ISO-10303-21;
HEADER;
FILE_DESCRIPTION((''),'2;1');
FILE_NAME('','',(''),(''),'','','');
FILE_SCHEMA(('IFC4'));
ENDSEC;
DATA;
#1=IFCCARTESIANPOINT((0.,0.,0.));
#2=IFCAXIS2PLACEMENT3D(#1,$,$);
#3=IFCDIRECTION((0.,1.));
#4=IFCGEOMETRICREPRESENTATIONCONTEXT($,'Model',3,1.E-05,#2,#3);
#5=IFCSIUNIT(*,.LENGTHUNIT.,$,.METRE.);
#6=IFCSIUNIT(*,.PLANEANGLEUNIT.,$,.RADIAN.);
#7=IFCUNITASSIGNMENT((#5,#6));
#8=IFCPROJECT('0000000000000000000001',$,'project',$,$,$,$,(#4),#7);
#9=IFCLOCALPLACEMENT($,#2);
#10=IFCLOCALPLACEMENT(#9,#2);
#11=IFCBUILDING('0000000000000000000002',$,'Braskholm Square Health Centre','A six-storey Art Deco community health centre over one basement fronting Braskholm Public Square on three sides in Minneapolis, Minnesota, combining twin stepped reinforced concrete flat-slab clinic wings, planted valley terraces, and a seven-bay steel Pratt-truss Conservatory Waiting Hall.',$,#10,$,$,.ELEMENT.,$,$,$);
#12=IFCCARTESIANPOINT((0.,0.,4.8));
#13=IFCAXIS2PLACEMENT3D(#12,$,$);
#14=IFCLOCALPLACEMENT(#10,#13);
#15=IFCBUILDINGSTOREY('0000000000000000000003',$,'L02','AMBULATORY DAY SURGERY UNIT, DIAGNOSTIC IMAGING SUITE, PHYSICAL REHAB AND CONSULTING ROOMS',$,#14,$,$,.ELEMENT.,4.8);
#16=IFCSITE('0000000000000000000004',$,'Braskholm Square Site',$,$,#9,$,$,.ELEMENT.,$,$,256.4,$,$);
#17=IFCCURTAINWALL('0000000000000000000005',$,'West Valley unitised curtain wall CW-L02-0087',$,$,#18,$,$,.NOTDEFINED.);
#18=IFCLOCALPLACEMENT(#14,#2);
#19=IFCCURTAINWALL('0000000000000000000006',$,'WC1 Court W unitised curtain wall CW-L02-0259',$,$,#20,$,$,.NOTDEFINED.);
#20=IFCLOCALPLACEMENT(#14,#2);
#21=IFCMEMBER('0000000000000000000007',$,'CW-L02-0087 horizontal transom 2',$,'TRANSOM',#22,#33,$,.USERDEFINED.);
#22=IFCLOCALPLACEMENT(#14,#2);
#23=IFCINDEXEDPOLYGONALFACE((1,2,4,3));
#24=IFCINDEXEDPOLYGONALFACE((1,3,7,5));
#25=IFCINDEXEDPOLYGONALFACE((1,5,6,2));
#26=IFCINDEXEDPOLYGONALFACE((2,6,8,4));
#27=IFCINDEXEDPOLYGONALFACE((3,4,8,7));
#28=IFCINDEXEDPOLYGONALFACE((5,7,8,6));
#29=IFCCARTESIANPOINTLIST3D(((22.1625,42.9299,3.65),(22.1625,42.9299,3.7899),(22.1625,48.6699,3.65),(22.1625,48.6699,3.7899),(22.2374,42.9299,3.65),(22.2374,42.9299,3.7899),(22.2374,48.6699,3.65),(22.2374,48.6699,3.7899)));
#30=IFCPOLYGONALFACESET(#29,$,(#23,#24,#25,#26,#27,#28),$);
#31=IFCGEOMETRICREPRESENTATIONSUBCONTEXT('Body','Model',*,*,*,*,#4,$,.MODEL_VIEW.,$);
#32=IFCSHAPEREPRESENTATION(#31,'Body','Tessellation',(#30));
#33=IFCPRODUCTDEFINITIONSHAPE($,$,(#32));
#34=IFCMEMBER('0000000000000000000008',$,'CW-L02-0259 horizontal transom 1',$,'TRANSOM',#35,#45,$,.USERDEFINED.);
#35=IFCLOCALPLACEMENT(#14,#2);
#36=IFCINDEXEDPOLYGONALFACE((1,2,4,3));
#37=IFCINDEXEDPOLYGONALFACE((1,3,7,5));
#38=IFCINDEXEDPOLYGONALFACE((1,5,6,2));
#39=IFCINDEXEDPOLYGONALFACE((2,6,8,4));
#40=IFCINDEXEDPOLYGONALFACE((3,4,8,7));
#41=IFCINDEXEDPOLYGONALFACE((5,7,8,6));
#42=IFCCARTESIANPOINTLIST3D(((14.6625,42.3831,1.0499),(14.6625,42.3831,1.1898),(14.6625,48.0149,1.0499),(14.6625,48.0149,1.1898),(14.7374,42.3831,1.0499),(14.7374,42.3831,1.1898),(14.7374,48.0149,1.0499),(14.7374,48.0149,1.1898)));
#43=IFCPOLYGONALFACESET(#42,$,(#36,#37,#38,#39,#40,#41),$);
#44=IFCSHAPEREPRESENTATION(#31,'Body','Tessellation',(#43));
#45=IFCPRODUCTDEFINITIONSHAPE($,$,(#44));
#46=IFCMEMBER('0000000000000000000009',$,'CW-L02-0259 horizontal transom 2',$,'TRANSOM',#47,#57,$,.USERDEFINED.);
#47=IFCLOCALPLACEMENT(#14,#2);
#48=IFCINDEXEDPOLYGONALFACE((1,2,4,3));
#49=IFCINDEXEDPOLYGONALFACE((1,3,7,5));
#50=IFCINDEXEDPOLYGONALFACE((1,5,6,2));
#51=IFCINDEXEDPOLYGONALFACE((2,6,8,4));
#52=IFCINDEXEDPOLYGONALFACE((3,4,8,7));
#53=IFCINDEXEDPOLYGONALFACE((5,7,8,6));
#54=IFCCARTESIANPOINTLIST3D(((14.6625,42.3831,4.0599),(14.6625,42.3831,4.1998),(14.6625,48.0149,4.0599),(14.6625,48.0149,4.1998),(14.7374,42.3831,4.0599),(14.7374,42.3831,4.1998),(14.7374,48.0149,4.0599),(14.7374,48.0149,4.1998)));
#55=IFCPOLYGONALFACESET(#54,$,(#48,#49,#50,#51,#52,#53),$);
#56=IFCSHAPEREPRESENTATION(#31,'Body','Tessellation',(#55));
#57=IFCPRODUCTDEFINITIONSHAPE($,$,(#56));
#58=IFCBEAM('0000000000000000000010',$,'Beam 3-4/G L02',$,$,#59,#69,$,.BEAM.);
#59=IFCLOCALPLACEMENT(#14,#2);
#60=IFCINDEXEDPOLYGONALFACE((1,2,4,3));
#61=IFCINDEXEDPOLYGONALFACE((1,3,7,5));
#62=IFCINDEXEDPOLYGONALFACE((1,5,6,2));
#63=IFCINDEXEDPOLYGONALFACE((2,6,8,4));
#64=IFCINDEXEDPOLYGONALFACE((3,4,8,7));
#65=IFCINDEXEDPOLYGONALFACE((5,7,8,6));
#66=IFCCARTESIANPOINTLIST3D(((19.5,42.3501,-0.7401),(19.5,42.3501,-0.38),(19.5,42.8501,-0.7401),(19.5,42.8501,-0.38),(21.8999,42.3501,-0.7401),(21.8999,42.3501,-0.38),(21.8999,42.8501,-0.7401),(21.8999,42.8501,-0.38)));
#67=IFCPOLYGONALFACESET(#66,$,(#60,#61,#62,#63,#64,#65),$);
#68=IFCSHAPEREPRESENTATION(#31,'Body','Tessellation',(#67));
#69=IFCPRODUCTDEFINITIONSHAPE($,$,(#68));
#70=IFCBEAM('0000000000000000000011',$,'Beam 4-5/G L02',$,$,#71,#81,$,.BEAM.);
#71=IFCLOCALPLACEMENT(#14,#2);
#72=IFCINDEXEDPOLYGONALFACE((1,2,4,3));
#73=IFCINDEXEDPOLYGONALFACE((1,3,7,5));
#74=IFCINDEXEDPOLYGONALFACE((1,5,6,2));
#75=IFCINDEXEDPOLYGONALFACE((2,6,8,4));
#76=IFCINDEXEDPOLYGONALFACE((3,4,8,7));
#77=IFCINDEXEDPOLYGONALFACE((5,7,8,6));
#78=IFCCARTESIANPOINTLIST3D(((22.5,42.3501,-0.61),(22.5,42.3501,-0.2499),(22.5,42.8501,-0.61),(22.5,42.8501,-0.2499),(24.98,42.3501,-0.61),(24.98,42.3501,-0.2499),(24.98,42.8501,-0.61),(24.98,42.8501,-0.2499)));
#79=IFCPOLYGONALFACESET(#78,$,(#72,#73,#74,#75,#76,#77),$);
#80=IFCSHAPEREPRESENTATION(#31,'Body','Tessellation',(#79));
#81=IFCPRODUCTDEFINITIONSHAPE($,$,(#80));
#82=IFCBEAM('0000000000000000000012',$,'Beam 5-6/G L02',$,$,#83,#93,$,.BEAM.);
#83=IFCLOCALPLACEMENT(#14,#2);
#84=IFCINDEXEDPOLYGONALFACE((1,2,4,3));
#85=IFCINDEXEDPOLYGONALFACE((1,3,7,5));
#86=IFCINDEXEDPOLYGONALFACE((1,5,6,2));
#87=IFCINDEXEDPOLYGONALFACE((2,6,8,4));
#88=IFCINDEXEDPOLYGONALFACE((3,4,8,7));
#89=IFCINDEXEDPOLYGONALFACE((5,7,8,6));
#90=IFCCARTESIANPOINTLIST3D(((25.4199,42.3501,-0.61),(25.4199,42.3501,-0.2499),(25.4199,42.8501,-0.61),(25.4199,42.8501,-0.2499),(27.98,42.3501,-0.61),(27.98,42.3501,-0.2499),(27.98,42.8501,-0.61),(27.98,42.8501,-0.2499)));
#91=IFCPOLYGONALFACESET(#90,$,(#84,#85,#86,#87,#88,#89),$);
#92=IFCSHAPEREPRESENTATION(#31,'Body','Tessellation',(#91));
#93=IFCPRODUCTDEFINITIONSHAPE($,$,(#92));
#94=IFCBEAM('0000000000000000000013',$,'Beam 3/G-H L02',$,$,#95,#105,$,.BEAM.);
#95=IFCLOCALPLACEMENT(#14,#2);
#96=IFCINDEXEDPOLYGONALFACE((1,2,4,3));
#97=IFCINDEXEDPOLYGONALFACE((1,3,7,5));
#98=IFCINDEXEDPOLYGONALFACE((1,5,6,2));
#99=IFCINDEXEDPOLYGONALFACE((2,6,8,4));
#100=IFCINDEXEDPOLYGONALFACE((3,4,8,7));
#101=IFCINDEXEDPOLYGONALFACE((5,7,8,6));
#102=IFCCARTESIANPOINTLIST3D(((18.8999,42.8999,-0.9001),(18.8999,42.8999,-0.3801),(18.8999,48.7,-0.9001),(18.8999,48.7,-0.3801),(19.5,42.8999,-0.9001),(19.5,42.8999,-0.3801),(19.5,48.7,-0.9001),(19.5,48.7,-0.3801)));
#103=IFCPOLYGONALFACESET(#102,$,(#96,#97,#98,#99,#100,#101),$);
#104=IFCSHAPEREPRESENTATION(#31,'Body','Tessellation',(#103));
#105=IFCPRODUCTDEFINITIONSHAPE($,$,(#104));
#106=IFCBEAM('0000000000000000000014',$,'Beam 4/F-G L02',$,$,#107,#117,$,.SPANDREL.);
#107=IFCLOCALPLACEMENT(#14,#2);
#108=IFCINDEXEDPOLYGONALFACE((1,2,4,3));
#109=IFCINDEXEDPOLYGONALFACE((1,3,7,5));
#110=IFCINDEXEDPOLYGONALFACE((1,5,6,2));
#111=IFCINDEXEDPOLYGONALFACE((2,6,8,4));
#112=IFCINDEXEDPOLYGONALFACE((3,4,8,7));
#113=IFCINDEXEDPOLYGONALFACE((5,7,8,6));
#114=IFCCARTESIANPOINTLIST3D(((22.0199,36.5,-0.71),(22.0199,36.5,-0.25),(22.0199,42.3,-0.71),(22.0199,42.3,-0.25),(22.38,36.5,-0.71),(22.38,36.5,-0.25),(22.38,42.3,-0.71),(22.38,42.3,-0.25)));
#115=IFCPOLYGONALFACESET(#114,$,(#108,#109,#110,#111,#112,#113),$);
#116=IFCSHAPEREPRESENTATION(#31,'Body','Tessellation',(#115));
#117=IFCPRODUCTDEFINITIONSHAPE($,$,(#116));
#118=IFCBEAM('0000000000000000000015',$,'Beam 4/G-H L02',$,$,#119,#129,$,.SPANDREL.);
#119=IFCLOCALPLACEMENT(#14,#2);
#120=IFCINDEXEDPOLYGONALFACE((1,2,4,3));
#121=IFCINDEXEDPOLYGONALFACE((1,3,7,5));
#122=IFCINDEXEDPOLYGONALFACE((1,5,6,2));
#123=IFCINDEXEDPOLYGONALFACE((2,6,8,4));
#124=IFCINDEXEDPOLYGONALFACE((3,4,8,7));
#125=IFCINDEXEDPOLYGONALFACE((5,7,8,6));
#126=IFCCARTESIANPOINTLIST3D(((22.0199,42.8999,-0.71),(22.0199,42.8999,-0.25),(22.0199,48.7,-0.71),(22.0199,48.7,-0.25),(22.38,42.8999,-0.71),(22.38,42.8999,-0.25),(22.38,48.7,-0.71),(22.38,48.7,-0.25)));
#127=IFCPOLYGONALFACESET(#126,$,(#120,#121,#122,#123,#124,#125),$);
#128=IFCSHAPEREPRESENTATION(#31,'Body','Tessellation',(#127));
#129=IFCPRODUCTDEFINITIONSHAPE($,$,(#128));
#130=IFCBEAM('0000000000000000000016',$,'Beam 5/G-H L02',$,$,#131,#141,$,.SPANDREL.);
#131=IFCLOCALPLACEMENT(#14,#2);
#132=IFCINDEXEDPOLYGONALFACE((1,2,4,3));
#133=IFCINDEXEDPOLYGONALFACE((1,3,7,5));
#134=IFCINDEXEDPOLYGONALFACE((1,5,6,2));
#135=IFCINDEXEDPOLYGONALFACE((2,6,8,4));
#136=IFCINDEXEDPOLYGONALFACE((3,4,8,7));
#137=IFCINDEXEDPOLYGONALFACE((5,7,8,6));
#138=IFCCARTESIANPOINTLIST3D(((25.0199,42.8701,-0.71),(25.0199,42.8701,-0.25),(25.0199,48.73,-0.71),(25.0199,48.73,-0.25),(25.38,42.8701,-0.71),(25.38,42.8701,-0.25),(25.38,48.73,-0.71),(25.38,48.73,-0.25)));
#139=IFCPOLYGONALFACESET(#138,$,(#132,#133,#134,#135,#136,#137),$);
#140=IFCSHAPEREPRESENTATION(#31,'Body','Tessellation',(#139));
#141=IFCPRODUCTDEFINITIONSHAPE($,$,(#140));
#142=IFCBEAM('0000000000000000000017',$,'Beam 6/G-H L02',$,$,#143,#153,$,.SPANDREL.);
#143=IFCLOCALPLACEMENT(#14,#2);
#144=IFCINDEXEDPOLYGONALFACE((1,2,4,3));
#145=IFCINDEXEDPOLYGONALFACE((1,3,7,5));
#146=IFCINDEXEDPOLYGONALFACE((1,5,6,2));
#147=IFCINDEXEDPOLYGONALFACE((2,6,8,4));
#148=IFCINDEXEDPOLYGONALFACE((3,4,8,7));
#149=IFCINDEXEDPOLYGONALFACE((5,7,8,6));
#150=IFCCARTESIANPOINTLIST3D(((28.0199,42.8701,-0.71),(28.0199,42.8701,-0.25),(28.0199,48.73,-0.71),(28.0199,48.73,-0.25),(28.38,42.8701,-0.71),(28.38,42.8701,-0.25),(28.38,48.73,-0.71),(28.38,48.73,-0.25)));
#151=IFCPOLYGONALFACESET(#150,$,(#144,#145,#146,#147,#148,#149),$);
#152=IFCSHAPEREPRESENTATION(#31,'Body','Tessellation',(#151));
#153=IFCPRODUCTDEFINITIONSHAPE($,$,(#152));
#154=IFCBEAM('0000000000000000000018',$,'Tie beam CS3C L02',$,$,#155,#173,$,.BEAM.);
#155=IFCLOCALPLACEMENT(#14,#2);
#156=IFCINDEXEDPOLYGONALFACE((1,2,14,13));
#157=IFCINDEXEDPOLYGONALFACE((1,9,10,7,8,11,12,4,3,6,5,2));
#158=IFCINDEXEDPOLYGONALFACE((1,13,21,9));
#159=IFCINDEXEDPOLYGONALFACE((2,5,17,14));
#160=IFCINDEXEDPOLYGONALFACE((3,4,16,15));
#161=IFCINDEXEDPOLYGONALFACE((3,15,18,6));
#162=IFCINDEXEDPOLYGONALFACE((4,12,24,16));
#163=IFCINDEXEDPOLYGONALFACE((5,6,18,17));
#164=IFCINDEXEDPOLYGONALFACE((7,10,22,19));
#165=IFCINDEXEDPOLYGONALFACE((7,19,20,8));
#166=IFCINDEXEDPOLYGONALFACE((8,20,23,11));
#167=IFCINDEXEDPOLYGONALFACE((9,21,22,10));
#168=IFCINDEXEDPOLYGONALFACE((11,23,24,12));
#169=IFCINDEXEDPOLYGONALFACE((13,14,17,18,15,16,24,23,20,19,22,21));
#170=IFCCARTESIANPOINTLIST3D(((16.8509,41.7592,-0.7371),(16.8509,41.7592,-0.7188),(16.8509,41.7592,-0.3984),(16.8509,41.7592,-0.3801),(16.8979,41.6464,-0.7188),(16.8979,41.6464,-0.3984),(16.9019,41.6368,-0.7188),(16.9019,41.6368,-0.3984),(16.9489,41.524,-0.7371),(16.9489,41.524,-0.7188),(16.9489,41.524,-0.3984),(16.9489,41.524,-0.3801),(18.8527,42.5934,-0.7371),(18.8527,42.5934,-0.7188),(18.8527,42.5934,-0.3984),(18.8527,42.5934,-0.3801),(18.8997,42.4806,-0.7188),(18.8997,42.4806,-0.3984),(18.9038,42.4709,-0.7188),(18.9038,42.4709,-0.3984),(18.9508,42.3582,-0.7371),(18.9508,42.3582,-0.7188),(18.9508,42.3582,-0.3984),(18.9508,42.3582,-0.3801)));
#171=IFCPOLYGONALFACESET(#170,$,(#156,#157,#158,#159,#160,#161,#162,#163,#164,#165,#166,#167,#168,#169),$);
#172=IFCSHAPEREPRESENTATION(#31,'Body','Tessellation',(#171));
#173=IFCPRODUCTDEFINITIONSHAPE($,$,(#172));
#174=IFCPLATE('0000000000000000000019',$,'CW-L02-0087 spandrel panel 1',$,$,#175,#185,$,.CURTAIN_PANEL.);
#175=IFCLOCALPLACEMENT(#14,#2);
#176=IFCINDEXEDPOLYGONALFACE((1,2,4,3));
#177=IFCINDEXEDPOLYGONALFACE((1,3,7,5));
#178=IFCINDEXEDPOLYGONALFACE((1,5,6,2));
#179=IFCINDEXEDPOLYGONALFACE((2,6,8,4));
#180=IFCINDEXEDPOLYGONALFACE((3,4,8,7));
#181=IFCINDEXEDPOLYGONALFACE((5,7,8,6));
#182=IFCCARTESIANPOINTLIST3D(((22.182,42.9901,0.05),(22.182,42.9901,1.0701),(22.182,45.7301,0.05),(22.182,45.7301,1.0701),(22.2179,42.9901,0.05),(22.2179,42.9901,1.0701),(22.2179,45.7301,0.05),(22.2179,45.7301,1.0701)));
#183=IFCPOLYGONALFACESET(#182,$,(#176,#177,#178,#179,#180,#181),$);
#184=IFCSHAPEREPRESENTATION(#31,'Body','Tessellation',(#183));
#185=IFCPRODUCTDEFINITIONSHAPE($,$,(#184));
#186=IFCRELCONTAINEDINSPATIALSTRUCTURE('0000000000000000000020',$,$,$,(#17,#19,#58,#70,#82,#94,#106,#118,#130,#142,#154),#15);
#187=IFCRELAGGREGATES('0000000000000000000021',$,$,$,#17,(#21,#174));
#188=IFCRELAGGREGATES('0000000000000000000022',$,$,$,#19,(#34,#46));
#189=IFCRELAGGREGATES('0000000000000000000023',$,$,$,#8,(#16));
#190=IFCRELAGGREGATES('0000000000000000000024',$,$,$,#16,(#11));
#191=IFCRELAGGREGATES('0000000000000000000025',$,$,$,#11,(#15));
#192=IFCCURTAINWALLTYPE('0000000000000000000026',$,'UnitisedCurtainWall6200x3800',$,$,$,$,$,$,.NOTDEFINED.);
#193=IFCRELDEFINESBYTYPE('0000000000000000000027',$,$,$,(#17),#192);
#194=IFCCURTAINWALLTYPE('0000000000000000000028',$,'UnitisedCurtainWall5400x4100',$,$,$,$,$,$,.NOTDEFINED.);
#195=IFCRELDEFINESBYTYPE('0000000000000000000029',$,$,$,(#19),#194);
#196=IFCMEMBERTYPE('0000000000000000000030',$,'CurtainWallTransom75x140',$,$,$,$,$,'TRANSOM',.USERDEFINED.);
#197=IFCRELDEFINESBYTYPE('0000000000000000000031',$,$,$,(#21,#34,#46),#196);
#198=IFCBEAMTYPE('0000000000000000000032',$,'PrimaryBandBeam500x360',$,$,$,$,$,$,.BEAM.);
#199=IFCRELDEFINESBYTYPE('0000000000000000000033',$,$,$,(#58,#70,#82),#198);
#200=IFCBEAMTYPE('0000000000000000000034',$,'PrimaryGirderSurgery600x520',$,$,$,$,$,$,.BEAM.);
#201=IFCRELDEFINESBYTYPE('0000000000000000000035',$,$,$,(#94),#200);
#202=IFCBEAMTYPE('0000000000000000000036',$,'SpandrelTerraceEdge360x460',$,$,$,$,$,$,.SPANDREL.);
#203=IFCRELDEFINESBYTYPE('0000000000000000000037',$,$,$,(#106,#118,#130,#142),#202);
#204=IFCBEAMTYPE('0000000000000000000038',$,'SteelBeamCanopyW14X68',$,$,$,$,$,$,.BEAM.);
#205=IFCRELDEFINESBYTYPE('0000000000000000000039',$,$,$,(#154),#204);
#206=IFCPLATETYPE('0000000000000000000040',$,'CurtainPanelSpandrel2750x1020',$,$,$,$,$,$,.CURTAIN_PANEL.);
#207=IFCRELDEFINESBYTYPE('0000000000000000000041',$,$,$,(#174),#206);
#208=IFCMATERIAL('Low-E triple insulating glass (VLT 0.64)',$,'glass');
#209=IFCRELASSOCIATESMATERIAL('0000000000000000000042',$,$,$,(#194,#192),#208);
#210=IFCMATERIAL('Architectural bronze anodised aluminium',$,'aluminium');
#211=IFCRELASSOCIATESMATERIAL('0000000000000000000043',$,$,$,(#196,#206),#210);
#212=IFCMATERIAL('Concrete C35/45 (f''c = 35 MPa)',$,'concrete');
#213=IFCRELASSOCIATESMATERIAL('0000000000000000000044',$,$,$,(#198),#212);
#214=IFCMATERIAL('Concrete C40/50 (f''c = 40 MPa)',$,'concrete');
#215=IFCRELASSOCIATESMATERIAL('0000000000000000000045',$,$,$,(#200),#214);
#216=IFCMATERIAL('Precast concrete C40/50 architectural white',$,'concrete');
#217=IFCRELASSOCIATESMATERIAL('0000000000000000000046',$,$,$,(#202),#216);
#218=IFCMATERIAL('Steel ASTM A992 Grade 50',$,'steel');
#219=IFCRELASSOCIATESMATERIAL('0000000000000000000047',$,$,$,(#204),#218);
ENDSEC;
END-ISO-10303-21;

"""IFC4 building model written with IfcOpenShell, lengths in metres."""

from ifc_helpers import new_model, si_unit, direction, frame, origin, origin_2d, place, context, subcontext, project, spatial, rectangle, i_section, extrude, material, material_profile, profile_set, type_object, element, aggregate, save


model = new_model("IFC4")

# Units and contexts
model_context = context("Model", 3, precision=1e-05, world=origin(), true_north=direction((0.0, 1.0)))
body_context = subcontext(model_context, "Body", "Model", "MODEL_VIEW")
ifc_project = project(units=[si_unit("LENGTHUNIT", "METRE"), si_unit("PLANEANGLEUNIT", "RADIAN")], contexts=[model_context])

# Site, building, storey
site_placement = place(None, origin())
site = spatial("IfcSite", under=ifc_project, at=site_placement, Name="Braskholm Square Site", CompositionType="ELEMENT", RefElevation=256.4)
building_placement = place(site_placement, origin())
building = spatial("IfcBuilding", under=site, at=building_placement, Name="Braskholm Square Health Centre", Description="A six-storey Art Deco community health centre over one basement fronting Braskholm Public Square on three sides in Minneapolis, Minnesota, combining twin stepped reinforced concrete flat-slab clinic wings, planted valley terraces, and a seven-bay steel Pratt-truss Conservatory Waiting Hall.", CompositionType="ELEMENT")
storey_placement = place(building_placement, frame((0.0, 0.0, 4.8)))
storey = spatial("IfcBuildingStorey", under=building, at=storey_placement, Name="L02", Description="AMBULATORY DAY SURGERY UNIT, DIAGNOSTIC IMAGING SUITE, PHYSICAL REHAB AND CONSULTING ROOMS", CompositionType="ELEMENT", Elevation=4.8)

# Shared definitions
ifc_material_1 = material(Name="Concrete C40/50 (f'c = 40 MPa)", Category="concrete")

# Shared definitions
ifc_material_2 = material(Name="Low-E triple insulating glass (VLT 0.64)", Category="glass")
ifc_material_3 = material(Name="Architectural bronze anodised aluminium", Category="aluminium")
curtain_wall_type_1 = type_object("IfcCurtainWallType", Name="UnitisedCurtainWall5400x4100", PredefinedType="NOTDEFINED", material=ifc_material_2)

# Curtain walls
curtain_wall_type_2 = type_object("IfcCurtainWallType", Name="UnitisedCurtainWall6200x3800", PredefinedType="NOTDEFINED", material=ifc_material_2)
curtain_wall_1_placement = place(storey_placement, origin())
curtain_wall_1 = element("IfcCurtainWall", 1, at=curtain_wall_1_placement, inside=storey, type_object=curtain_wall_type_2, Name="West Valley unitised curtain wall CW-L02-0087", PredefinedType="NOTDEFINED")
curtain_wall_2_placement = place(storey_placement, origin())
curtain_wall_2 = element("IfcCurtainWall", 2, at=curtain_wall_2_placement, inside=storey, type_object=curtain_wall_type_1, Name="WC1 Court W unitised curtain wall CW-L02-0259", PredefinedType="NOTDEFINED")

# Members
ifc_material_profile_1 = material_profile(ifc_material_3, rectangle(XDim=0.075, YDim=0.1399, at=origin_2d()), Name="ALU-75X140")
ifc_profile_set_1 = profile_set([ifc_material_profile_1], Name="Architectural bronze anodised aluminium")
member_type_1 = type_object("IfcMemberType", Name="CurtainWallTransom75x140", ElementType="TRANSOM", PredefinedType="USERDEFINED", material=ifc_profile_set_1)
member_1_placement = place(storey_placement, frame((22.2, 42.9299, 3.72), z_axis=(0.0, 1.0, 0.0), x_axis=(-1.0, 0.0, 0.0)))
member_1 = element("IfcMember", 3, at=member_1_placement, type_object=member_type_1, Name="CW-L02-0087 horizontal transom 2", ObjectType="TRANSOM", PredefinedType="USERDEFINED", context=body_context, shape_type="SweptSolid", body=[
    extrude(rectangle(XDim=0.075, YDim=0.1399, at=origin_2d()), origin(), (0.0, 0.0, 1.0), 5.74),
])
member_2_placement = place(storey_placement, frame((14.7, 42.3831, 1.1199), z_axis=(0.0, 1.0, 0.0), x_axis=(-1.0, 0.0, 0.0)))
member_2 = element("IfcMember", 4, at=member_2_placement, type_object=member_type_1, Name="CW-L02-0259 horizontal transom 1", ObjectType="TRANSOM", PredefinedType="USERDEFINED", context=body_context, shape_type="SweptSolid", body=[
    extrude(rectangle(XDim=0.075, YDim=0.1399, at=origin_2d()), origin(), (0.0, 0.0, 1.0), 5.6318),
])
member_3_placement = place(storey_placement, frame((14.7, 42.3831, 4.1299), z_axis=(0.0, 1.0, 0.0), x_axis=(-1.0, 0.0, 0.0)))
member_3 = element("IfcMember", 5, at=member_3_placement, type_object=member_type_1, Name="CW-L02-0259 horizontal transom 2", ObjectType="TRANSOM", PredefinedType="USERDEFINED", context=body_context, shape_type="SweptSolid", body=[
    extrude(rectangle(XDim=0.075, YDim=0.1399, at=origin_2d()), origin(), (0.0, 0.0, 1.0), 5.6318),
])

# Beams
ifc_material_4 = material(Name="Concrete C35/45 (f'c = 35 MPa)", Category="concrete")
ifc_material_profile_2 = material_profile(ifc_material_4, rectangle(XDim=0.5, YDim=0.3601, at=origin_2d()), Name="RCB-500X360")
ifc_profile_set_2 = profile_set([ifc_material_profile_2], Name="Concrete C35/45 (f'c = 35 MPa)")
beam_type_1 = type_object("IfcBeamType", Name="PrimaryBandBeam500x360", PredefinedType="BEAM", material=ifc_profile_set_2)
beam_1_placement = place(storey_placement, frame((19.5, 42.6001, -0.5601), z_axis=(1.0, 0.0, 0.0), x_axis=(0.0, 1.0, 0.0)))
element("IfcBeam", 6, at=beam_1_placement, inside=storey, type_object=beam_type_1, Name="Beam 3-4/G L02", PredefinedType="BEAM", context=body_context, shape_type="SweptSolid", body=[
    extrude(rectangle(XDim=0.5, YDim=0.3601, at=origin_2d()), origin(), (0.0, 0.0, 1.0), 2.3999),
])
beam_2_placement = place(storey_placement, frame((22.5, 42.6001, -0.4299), z_axis=(1.0, 0.0, 0.0), x_axis=(0.0, 1.0, 0.0)))
element("IfcBeam", 7, at=beam_2_placement, inside=storey, type_object=beam_type_1, Name="Beam 4-5/G L02", PredefinedType="BEAM", context=body_context, shape_type="SweptSolid", body=[
    extrude(rectangle(XDim=0.5, YDim=0.3601, at=origin_2d()), origin(), (0.0, 0.0, 1.0), 2.48),
])
beam_3_placement = place(storey_placement, frame((25.4199, 42.6001, -0.4299), z_axis=(1.0, 0.0, 0.0), x_axis=(0.0, 1.0, 0.0)))
element("IfcBeam", 8, at=beam_3_placement, inside=storey, type_object=beam_type_1, Name="Beam 5-6/G L02", PredefinedType="BEAM", context=body_context, shape_type="SweptSolid", body=[
    extrude(rectangle(XDim=0.5, YDim=0.3601, at=origin_2d()), origin(), (0.0, 0.0, 1.0), 2.5601),
])
ifc_material_profile_3 = material_profile(ifc_material_1, rectangle(XDim=0.6001, YDim=0.52, at=origin_2d()), Name="RCB-600X520")
ifc_profile_set_3 = profile_set([ifc_material_profile_3], Name="Concrete C40/50 (f'c = 40 MPa)")
beam_type_2 = type_object("IfcBeamType", Name="PrimaryGirderSurgery600x520", PredefinedType="BEAM", material=ifc_profile_set_3)
beam_4_placement = place(storey_placement, frame((19.2, 42.8999, -0.6401), z_axis=(0.0, 1.0, 0.0), x_axis=(-1.0, 0.0, 0.0)))
element("IfcBeam", 9, at=beam_4_placement, inside=storey, type_object=beam_type_2, Name="Beam 3/G-H L02", PredefinedType="BEAM", context=body_context, shape_type="SweptSolid", body=[
    extrude(rectangle(XDim=0.6001, YDim=0.52, at=origin_2d()), origin(), (0.0, 0.0, 1.0), 5.8),
])
ifc_material_5 = material(Name="Precast concrete C40/50 architectural white", Category="concrete")
ifc_material_profile_4 = material_profile(ifc_material_5, rectangle(XDim=0.3601, YDim=0.46, at=origin_2d()), Name="RCB-360X460")
ifc_profile_set_4 = profile_set([ifc_material_profile_4], Name="Precast concrete C40/50 architectural white")
beam_type_3 = type_object("IfcBeamType", Name="SpandrelTerraceEdge360x460", PredefinedType="SPANDREL", material=ifc_profile_set_4)
for number, where, z_axis, x_axis, name in (
    (10, (22.2, 36.5, -0.48), (0.0, 1.0, 0.0), (-1.0, 0.0, 0.0), "Beam 4/F-G L02"),
    (11, (22.2, 42.8999, -0.48), (0.0, 1.0, 0.0), (-1.0, 0.0, 0.0), "Beam 4/G-H L02"),
):
    element("IfcBeam", number, at=place(storey_placement, frame(where, z_axis=z_axis, x_axis=x_axis)), inside=storey, type_object=beam_type_3, Name=name, PredefinedType="SPANDREL", context=body_context, shape_type="SweptSolid", body=[
        extrude(rectangle(XDim=0.3601, YDim=0.46, at=origin_2d()), origin(), (0.0, 0.0, 1.0), 5.8),
    ])
for number, where, z_axis, x_axis, name in (
    (12, (25.2, 42.8701, -0.48), (0.0, 1.0, 0.0), (-1.0, 0.0, 0.0), "Beam 5/G-H L02"),
    (13, (28.2, 42.8701, -0.48), (0.0, 1.0, 0.0), (-1.0, 0.0, 0.0), "Beam 6/G-H L02"),
):
    element("IfcBeam", number, at=place(storey_placement, frame(where, z_axis=z_axis, x_axis=x_axis)), inside=storey, type_object=beam_type_3, Name=name, PredefinedType="SPANDREL", context=body_context, shape_type="SweptSolid", body=[
        extrude(rectangle(XDim=0.3601, YDim=0.46, at=origin_2d()), origin(), (0.0, 0.0, 1.0), 5.8599),
    ])
ifc_material_6 = material(Name="Steel ASTM A992 Grade 50", Category="steel")
ifc_material_profile_5 = material_profile(ifc_material_6, i_section(OverallWidth=0.2549, OverallDepth=0.3569, WebThickness=0.0105, FlangeThickness=0.0183, at=origin_2d()), Name="W14X68")
ifc_profile_set_5 = profile_set([ifc_material_profile_5], Name="Steel ASTM A992 Grade 50")
beam_type_4 = type_object("IfcBeamType", Name="SteelBeamCanopyW14X68", PredefinedType="BEAM", material=ifc_profile_set_5)
beam_5_placement = place(storey_placement, frame((16.8999, 41.6416, -0.5586), z_axis=(0.923064, 0.384647, 0.0), x_axis=(-0.384647, 0.923064, 0.0)))
element("IfcBeam", 14, at=beam_5_placement, inside=storey, type_object=beam_type_4, Name="Tie beam CS3C L02", PredefinedType="BEAM", context=body_context, shape_type="SweptSolid", body=[
    extrude(i_section(OverallWidth=0.2549, OverallDepth=0.3569, WebThickness=0.0105, FlangeThickness=0.0183, at=origin_2d()), origin(), (0.0, 0.0, 1.0), 2.1687),
])

# Plate
plate_type_1 = type_object("IfcPlateType", Name="CurtainPanelSpandrel2750x1020", PredefinedType="CURTAIN_PANEL", material=ifc_material_3)
plate_1_placement = place(storey_placement, frame((22.2, 44.3601, 0.05), z_axis=(0.0, 0.0, 1.0), x_axis=(0.0, 1.0, 0.0)))
plate_1 = element("IfcPlate", 15, at=plate_1_placement, type_object=plate_type_1, Name="CW-L02-0087 spandrel panel 1", PredefinedType="CURTAIN_PANEL", context=body_context, shape_type="SweptSolid", body=[
    extrude(rectangle(XDim=2.74, YDim=0.0359, at=origin_2d()), origin(), (0.0, 0.0, 1.0), 1.02),
])
aggregate(curtain_wall_1, [member_1, plate_1])
aggregate(curtain_wall_2, [member_2, member_3])

save(model, "model.ifc")
